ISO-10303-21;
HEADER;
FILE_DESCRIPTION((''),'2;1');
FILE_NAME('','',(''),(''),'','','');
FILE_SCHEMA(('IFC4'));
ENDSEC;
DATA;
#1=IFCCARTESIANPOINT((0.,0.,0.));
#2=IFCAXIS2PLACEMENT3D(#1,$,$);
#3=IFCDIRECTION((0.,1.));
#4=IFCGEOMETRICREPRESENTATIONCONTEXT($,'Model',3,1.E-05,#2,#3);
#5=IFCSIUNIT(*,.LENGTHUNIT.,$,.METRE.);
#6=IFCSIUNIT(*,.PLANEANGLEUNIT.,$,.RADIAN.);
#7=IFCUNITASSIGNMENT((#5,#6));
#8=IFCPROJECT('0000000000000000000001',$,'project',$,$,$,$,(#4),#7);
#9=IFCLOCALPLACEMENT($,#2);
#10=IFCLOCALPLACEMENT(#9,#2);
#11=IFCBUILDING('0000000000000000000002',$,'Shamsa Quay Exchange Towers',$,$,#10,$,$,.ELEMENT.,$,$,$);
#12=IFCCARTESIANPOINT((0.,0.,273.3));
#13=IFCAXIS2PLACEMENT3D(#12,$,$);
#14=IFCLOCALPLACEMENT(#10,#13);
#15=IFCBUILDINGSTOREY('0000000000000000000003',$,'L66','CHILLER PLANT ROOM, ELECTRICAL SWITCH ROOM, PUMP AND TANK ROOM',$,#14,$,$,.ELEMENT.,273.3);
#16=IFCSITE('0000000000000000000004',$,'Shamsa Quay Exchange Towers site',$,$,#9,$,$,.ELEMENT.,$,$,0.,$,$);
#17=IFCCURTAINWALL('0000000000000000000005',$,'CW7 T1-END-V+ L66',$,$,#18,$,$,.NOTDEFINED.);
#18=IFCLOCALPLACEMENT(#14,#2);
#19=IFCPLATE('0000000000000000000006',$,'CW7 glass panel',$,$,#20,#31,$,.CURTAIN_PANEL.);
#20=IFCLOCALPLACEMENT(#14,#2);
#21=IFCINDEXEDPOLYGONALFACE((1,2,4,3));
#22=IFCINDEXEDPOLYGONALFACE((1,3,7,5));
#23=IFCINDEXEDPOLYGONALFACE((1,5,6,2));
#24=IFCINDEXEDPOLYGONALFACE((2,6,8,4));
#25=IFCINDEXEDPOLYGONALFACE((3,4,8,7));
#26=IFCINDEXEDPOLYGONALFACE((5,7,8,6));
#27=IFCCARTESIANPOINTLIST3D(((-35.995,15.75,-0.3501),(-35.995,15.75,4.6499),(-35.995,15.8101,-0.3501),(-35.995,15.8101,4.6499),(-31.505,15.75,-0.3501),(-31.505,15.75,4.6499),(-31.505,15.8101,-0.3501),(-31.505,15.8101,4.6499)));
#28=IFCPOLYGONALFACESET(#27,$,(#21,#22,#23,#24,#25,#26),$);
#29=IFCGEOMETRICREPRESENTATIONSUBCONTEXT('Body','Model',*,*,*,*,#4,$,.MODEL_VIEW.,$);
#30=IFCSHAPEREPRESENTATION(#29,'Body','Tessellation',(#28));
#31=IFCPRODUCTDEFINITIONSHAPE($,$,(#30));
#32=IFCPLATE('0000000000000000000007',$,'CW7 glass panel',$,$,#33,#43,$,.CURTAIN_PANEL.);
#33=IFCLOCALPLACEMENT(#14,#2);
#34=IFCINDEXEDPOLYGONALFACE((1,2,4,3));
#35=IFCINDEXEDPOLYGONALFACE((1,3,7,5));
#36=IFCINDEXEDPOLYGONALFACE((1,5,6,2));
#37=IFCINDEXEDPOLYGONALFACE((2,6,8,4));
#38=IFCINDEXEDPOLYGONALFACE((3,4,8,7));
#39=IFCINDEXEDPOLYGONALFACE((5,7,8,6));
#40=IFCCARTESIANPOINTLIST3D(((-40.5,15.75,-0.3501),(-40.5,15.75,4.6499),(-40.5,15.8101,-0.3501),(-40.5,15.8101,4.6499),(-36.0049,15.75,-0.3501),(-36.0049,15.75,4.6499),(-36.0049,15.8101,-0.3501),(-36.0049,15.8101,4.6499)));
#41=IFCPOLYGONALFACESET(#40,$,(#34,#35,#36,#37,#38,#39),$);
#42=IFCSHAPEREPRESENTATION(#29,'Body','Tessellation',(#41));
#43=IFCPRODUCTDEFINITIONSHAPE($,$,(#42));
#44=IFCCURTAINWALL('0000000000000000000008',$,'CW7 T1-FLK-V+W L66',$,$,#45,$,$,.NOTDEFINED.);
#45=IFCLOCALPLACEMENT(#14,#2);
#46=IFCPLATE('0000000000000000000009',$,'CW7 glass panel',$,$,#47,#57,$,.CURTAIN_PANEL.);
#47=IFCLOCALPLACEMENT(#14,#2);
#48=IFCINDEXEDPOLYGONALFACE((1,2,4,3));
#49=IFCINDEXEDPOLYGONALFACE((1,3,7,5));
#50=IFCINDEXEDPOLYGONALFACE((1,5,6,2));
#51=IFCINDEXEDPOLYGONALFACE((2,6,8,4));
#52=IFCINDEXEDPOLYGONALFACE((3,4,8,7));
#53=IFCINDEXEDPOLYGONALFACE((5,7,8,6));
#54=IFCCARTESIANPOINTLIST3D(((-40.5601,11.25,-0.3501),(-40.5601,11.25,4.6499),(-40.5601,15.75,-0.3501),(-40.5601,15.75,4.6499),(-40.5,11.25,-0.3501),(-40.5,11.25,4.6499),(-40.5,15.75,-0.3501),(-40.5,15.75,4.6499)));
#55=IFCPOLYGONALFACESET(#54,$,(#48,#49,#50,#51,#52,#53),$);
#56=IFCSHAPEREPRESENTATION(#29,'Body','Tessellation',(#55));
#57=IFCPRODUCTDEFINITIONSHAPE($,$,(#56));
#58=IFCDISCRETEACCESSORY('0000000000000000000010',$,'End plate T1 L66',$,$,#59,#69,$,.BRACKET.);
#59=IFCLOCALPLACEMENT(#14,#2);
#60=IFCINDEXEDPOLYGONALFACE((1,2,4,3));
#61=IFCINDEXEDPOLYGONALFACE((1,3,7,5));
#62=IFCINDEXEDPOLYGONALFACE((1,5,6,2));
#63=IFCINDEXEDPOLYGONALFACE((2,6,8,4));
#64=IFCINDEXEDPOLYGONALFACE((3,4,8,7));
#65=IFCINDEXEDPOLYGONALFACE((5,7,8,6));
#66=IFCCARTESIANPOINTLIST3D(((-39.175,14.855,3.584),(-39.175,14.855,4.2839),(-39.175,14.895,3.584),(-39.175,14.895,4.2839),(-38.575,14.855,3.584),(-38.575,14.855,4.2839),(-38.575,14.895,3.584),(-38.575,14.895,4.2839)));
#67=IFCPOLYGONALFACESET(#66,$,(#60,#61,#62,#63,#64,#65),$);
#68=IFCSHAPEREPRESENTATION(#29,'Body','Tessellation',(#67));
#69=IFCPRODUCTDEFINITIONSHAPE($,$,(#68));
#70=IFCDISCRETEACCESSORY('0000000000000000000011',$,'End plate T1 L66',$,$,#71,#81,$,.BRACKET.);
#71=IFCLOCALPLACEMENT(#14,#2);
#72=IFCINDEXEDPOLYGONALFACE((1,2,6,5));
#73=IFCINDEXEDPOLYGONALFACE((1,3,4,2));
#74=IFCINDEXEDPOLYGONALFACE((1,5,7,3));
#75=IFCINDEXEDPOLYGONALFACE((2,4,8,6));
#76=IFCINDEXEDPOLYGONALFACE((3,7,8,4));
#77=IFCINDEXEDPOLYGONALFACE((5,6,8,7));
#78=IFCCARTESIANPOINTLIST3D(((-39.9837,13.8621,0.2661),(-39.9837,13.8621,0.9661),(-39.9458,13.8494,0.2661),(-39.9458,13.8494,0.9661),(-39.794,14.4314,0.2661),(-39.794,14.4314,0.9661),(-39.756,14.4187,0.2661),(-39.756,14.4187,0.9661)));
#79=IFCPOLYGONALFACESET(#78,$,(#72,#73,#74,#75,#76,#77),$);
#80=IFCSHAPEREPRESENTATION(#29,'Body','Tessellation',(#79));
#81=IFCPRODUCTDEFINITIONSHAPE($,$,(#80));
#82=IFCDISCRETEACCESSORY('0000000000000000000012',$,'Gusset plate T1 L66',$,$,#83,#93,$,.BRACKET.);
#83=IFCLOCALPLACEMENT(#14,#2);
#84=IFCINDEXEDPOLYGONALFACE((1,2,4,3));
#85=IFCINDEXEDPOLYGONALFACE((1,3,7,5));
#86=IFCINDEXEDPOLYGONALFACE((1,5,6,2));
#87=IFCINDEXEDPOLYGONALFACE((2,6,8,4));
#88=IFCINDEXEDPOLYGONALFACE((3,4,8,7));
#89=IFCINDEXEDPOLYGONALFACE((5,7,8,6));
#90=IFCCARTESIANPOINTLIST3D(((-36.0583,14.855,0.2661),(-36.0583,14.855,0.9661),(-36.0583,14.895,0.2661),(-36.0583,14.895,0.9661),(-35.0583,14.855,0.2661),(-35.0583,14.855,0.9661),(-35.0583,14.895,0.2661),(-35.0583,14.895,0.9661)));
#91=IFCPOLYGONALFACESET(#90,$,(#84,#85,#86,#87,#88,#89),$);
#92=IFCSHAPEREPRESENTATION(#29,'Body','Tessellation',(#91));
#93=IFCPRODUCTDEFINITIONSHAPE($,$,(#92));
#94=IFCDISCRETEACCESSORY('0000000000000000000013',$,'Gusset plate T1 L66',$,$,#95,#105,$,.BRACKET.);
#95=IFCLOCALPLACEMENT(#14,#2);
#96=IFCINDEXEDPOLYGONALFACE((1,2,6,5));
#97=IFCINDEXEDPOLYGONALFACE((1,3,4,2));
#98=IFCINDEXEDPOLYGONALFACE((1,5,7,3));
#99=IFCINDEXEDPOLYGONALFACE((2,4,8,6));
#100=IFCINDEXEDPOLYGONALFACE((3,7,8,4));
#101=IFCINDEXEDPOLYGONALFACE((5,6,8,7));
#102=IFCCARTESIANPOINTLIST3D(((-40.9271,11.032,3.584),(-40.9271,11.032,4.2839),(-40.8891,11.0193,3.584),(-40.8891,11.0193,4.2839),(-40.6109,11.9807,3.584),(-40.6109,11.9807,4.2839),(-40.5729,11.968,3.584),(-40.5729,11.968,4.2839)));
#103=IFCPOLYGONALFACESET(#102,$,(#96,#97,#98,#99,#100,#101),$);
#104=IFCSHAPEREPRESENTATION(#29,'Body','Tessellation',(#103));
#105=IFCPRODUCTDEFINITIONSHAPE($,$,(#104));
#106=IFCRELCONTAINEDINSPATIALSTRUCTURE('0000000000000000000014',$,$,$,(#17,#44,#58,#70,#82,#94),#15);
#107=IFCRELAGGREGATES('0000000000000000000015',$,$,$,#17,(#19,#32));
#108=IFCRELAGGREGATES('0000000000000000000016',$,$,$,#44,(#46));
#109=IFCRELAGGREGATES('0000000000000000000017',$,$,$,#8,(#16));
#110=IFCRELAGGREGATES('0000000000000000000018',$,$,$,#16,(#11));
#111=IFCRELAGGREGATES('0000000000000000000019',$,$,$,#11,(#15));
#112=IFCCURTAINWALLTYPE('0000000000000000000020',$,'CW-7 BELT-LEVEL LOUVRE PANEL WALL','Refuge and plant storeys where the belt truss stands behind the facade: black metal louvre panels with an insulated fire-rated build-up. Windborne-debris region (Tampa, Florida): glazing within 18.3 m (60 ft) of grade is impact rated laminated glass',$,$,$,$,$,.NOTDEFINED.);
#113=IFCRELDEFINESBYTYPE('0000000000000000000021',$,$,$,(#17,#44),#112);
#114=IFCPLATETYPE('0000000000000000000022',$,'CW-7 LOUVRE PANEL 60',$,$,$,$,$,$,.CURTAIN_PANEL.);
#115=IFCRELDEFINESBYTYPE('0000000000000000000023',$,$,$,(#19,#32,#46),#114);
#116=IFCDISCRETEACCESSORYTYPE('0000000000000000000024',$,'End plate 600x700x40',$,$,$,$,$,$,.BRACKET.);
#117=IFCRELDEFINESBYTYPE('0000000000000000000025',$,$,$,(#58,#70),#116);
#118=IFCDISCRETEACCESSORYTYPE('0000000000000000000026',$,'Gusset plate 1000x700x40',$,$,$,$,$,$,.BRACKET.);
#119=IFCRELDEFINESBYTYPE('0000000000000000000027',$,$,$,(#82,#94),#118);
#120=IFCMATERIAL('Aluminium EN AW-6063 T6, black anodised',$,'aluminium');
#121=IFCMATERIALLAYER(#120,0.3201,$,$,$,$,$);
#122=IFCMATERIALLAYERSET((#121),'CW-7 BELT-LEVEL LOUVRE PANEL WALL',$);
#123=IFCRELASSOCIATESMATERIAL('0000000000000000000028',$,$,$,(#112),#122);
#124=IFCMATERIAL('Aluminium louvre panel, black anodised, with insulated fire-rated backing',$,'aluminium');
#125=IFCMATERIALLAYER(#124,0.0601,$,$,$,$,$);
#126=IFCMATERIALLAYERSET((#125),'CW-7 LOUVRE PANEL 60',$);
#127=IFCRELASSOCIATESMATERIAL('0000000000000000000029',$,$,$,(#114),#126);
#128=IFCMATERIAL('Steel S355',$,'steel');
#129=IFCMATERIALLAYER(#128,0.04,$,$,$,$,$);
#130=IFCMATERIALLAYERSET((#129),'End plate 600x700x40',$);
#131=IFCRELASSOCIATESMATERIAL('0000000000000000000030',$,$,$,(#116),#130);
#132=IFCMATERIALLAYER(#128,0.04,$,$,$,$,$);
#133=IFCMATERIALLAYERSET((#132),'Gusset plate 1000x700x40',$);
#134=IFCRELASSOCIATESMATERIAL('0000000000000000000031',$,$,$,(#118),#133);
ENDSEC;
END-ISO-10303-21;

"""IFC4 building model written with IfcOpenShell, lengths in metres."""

from ifc_helpers import new_model, si_unit, direction, frame, origin, origin_2d, place, context, subcontext, project, spatial, rectangle, extrude, material, layer, layer_set, type_object, element, aggregate, save


model = new_model("IFC4")

# Units and contexts
model_context = context("Model", 3, precision=1e-05, world=origin(), true_north=direction((0.0, 1.0)))
body_context = subcontext(model_context, "Body", "Model", "MODEL_VIEW")
ifc_project = project(units=[si_unit("LENGTHUNIT", "METRE"), si_unit("PLANEANGLEUNIT", "RADIAN")], contexts=[model_context])

# Site, building, storey
site_placement = place(None, origin())
site = spatial("IfcSite", under=ifc_project, at=site_placement, Name="Shamsa Quay Exchange Towers site", CompositionType="ELEMENT", RefElevation=0.0)
building_placement = place(site_placement, origin())
building = spatial("IfcBuilding", under=site, at=building_placement, Name="Shamsa Quay Exchange Towers", CompositionType="ELEMENT")
storey_placement = place(building_placement, frame((0.0, 0.0, 273.3)))
storey = spatial("IfcBuildingStorey", under=building, at=storey_placement, Name="L66", Description="CHILLER PLANT ROOM, ELECTRICAL SWITCH ROOM, PUMP AND TANK ROOM", CompositionType="ELEMENT", Elevation=273.3)

# Shared definitions
ifc_material_1 = material(Name="Steel S355", Category="steel")

# Curtain wall, plates
ifc_material_2 = material(Name="Aluminium EN AW-6063 T6, black anodised", Category="aluminium")
ifc_layer_1 = layer(ifc_material_2, 0.3201)
ifc_layer_set_1 = layer_set([ifc_layer_1], Name="CW-7 BELT-LEVEL LOUVRE PANEL WALL")
curtain_wall_type = type_object("IfcCurtainWallType", Name="CW-7 BELT-LEVEL LOUVRE PANEL WALL", Description="Refuge and plant storeys where the belt truss stands behind the facade: black metal louvre panels with an insulated fire-rated build-up. Windborne-debris region (Tampa, Florida): glazing within 18.3 m (60 ft) of grade is impact rated laminated glass", PredefinedType="NOTDEFINED", material=ifc_layer_set_1)
curtain_wall_1_placement = place(storey_placement, origin())
curtain_wall_1 = element("IfcCurtainWall", 1, at=curtain_wall_1_placement, inside=storey, type_object=curtain_wall_type, Name="CW7 T1-END-V+ L66", PredefinedType="NOTDEFINED")
ifc_material_3 = material(Name="Aluminium louvre panel, black anodised, with insulated fire-rated backing", Category="aluminium")
ifc_layer_2 = layer(ifc_material_3, 0.0601)
ifc_layer_set_2 = layer_set([ifc_layer_2], Name="CW-7 LOUVRE PANEL 60")
plate_type = type_object("IfcPlateType", Name="CW-7 LOUVRE PANEL 60", PredefinedType="CURTAIN_PANEL", material=ifc_layer_set_2)
plate_1_placement = place(storey_placement, frame((-33.75, 15.78, -0.3501), z_axis=(0.0, 0.0, 1.0), x_axis=(-1.0, 0.0, 0.0)))
plate_1 = element("IfcPlate", 2, at=plate_1_placement, type_object=plate_type, Name="CW7 glass panel", PredefinedType="CURTAIN_PANEL", context=body_context, shape_type="SweptSolid", body=[
    extrude(rectangle(XDim=4.49, YDim=0.0601, at=origin_2d()), origin(), (0.0, 0.0, 1.0), 5.0),
])
plate_2_placement = place(storey_placement, frame((-38.2524, 15.78, -0.3501), z_axis=(0.0, 0.0, 1.0), x_axis=(-1.0, 0.0, 0.0)))
plate_2 = element("IfcPlate", 3, at=plate_2_placement, type_object=plate_type, Name="CW7 glass panel", PredefinedType="CURTAIN_PANEL", context=body_context, shape_type="SweptSolid", body=[
    extrude(rectangle(XDim=4.4951, YDim=0.0601, at=origin_2d()), origin(), (0.0, 0.0, 1.0), 5.0),
])
aggregate(curtain_wall_1, [plate_1, plate_2])

# Curtain wall, plate
curtain_wall_2_placement = place(storey_placement, origin())
curtain_wall_2 = element("IfcCurtainWall", 4, at=curtain_wall_2_placement, inside=storey, type_object=curtain_wall_type, Name="CW7 T1-FLK-V+W L66", PredefinedType="NOTDEFINED")
plate_3_placement = place(storey_placement, frame((-40.53, 13.5, -0.3501), z_axis=(0.0, 0.0, 1.0), x_axis=(0.0, -1.0, 0.0)))
plate_3 = element("IfcPlate", 5, at=plate_3_placement, type_object=plate_type, Name="CW7 glass panel", PredefinedType="CURTAIN_PANEL", context=body_context, shape_type="SweptSolid", body=[
    extrude(rectangle(XDim=4.5, YDim=0.0601, at=origin_2d()), origin(), (0.0, 0.0, 1.0), 5.0),
])
aggregate(curtain_wall_2, [plate_3])

# Discrete accessories
ifc_layer_3 = layer(ifc_material_1, 0.04)
ifc_layer_set_3 = layer_set([ifc_layer_3], Name="End plate 600x700x40")
discrete_accessory_type_1 = type_object("IfcDiscreteAccessoryType", Name="End plate 600x700x40", PredefinedType="BRACKET", material=ifc_layer_set_3)
for number, where, z_axis, x_axis, name in (
    (6, (-38.875, 14.875, 3.584), (0.0, 0.0, 1.0), (-1.0, 0.0, 0.0), "End plate T1 L66"),
    (7, (-39.8699, 14.1404, 0.2661), (0.0, 0.0, 1.0), (-0.316228, -0.948683, 0.0), "End plate T1 L66"),
):
    element("IfcDiscreteAccessory", number, at=place(storey_placement, frame(where, z_axis=z_axis, x_axis=x_axis)), inside=storey, type_object=discrete_accessory_type_1, Name=name, PredefinedType="BRACKET", context=body_context, shape_type="SweptSolid", body=[
        extrude(rectangle(XDim=0.6001, YDim=0.04, at=origin_2d()), origin(), (0.0, 0.0, 1.0), 0.7),
    ])
ifc_layer_4 = layer(ifc_material_1, 0.04)
ifc_layer_set_4 = layer_set([ifc_layer_4], Name="Gusset plate 1000x700x40")
discrete_accessory_type_2 = type_object("IfcDiscreteAccessoryType", Name="Gusset plate 1000x700x40", PredefinedType="BRACKET", material=ifc_layer_set_4)
for number, where, z_axis, x_axis, name in (
    (8, (-35.5583, 14.875, 0.2661), (0.0, 0.0, 1.0), (-1.0, 0.0, 0.0), "Gusset plate T1 L66"),
    (9, (-40.75, 11.5, 3.584), (0.0, 0.0, 1.0), (-0.316228, -0.948683, 0.0), "Gusset plate T1 L66"),
):
    element("IfcDiscreteAccessory", number, at=place(storey_placement, frame(where, z_axis=z_axis, x_axis=x_axis)), inside=storey, type_object=discrete_accessory_type_2, Name=name, PredefinedType="BRACKET", context=body_context, shape_type="SweptSolid", body=[
        extrude(rectangle(XDim=1.0, YDim=0.04, at=origin_2d()), origin(), (0.0, 0.0, 1.0), 0.7),
    ])

save(model, "model.ifc")
